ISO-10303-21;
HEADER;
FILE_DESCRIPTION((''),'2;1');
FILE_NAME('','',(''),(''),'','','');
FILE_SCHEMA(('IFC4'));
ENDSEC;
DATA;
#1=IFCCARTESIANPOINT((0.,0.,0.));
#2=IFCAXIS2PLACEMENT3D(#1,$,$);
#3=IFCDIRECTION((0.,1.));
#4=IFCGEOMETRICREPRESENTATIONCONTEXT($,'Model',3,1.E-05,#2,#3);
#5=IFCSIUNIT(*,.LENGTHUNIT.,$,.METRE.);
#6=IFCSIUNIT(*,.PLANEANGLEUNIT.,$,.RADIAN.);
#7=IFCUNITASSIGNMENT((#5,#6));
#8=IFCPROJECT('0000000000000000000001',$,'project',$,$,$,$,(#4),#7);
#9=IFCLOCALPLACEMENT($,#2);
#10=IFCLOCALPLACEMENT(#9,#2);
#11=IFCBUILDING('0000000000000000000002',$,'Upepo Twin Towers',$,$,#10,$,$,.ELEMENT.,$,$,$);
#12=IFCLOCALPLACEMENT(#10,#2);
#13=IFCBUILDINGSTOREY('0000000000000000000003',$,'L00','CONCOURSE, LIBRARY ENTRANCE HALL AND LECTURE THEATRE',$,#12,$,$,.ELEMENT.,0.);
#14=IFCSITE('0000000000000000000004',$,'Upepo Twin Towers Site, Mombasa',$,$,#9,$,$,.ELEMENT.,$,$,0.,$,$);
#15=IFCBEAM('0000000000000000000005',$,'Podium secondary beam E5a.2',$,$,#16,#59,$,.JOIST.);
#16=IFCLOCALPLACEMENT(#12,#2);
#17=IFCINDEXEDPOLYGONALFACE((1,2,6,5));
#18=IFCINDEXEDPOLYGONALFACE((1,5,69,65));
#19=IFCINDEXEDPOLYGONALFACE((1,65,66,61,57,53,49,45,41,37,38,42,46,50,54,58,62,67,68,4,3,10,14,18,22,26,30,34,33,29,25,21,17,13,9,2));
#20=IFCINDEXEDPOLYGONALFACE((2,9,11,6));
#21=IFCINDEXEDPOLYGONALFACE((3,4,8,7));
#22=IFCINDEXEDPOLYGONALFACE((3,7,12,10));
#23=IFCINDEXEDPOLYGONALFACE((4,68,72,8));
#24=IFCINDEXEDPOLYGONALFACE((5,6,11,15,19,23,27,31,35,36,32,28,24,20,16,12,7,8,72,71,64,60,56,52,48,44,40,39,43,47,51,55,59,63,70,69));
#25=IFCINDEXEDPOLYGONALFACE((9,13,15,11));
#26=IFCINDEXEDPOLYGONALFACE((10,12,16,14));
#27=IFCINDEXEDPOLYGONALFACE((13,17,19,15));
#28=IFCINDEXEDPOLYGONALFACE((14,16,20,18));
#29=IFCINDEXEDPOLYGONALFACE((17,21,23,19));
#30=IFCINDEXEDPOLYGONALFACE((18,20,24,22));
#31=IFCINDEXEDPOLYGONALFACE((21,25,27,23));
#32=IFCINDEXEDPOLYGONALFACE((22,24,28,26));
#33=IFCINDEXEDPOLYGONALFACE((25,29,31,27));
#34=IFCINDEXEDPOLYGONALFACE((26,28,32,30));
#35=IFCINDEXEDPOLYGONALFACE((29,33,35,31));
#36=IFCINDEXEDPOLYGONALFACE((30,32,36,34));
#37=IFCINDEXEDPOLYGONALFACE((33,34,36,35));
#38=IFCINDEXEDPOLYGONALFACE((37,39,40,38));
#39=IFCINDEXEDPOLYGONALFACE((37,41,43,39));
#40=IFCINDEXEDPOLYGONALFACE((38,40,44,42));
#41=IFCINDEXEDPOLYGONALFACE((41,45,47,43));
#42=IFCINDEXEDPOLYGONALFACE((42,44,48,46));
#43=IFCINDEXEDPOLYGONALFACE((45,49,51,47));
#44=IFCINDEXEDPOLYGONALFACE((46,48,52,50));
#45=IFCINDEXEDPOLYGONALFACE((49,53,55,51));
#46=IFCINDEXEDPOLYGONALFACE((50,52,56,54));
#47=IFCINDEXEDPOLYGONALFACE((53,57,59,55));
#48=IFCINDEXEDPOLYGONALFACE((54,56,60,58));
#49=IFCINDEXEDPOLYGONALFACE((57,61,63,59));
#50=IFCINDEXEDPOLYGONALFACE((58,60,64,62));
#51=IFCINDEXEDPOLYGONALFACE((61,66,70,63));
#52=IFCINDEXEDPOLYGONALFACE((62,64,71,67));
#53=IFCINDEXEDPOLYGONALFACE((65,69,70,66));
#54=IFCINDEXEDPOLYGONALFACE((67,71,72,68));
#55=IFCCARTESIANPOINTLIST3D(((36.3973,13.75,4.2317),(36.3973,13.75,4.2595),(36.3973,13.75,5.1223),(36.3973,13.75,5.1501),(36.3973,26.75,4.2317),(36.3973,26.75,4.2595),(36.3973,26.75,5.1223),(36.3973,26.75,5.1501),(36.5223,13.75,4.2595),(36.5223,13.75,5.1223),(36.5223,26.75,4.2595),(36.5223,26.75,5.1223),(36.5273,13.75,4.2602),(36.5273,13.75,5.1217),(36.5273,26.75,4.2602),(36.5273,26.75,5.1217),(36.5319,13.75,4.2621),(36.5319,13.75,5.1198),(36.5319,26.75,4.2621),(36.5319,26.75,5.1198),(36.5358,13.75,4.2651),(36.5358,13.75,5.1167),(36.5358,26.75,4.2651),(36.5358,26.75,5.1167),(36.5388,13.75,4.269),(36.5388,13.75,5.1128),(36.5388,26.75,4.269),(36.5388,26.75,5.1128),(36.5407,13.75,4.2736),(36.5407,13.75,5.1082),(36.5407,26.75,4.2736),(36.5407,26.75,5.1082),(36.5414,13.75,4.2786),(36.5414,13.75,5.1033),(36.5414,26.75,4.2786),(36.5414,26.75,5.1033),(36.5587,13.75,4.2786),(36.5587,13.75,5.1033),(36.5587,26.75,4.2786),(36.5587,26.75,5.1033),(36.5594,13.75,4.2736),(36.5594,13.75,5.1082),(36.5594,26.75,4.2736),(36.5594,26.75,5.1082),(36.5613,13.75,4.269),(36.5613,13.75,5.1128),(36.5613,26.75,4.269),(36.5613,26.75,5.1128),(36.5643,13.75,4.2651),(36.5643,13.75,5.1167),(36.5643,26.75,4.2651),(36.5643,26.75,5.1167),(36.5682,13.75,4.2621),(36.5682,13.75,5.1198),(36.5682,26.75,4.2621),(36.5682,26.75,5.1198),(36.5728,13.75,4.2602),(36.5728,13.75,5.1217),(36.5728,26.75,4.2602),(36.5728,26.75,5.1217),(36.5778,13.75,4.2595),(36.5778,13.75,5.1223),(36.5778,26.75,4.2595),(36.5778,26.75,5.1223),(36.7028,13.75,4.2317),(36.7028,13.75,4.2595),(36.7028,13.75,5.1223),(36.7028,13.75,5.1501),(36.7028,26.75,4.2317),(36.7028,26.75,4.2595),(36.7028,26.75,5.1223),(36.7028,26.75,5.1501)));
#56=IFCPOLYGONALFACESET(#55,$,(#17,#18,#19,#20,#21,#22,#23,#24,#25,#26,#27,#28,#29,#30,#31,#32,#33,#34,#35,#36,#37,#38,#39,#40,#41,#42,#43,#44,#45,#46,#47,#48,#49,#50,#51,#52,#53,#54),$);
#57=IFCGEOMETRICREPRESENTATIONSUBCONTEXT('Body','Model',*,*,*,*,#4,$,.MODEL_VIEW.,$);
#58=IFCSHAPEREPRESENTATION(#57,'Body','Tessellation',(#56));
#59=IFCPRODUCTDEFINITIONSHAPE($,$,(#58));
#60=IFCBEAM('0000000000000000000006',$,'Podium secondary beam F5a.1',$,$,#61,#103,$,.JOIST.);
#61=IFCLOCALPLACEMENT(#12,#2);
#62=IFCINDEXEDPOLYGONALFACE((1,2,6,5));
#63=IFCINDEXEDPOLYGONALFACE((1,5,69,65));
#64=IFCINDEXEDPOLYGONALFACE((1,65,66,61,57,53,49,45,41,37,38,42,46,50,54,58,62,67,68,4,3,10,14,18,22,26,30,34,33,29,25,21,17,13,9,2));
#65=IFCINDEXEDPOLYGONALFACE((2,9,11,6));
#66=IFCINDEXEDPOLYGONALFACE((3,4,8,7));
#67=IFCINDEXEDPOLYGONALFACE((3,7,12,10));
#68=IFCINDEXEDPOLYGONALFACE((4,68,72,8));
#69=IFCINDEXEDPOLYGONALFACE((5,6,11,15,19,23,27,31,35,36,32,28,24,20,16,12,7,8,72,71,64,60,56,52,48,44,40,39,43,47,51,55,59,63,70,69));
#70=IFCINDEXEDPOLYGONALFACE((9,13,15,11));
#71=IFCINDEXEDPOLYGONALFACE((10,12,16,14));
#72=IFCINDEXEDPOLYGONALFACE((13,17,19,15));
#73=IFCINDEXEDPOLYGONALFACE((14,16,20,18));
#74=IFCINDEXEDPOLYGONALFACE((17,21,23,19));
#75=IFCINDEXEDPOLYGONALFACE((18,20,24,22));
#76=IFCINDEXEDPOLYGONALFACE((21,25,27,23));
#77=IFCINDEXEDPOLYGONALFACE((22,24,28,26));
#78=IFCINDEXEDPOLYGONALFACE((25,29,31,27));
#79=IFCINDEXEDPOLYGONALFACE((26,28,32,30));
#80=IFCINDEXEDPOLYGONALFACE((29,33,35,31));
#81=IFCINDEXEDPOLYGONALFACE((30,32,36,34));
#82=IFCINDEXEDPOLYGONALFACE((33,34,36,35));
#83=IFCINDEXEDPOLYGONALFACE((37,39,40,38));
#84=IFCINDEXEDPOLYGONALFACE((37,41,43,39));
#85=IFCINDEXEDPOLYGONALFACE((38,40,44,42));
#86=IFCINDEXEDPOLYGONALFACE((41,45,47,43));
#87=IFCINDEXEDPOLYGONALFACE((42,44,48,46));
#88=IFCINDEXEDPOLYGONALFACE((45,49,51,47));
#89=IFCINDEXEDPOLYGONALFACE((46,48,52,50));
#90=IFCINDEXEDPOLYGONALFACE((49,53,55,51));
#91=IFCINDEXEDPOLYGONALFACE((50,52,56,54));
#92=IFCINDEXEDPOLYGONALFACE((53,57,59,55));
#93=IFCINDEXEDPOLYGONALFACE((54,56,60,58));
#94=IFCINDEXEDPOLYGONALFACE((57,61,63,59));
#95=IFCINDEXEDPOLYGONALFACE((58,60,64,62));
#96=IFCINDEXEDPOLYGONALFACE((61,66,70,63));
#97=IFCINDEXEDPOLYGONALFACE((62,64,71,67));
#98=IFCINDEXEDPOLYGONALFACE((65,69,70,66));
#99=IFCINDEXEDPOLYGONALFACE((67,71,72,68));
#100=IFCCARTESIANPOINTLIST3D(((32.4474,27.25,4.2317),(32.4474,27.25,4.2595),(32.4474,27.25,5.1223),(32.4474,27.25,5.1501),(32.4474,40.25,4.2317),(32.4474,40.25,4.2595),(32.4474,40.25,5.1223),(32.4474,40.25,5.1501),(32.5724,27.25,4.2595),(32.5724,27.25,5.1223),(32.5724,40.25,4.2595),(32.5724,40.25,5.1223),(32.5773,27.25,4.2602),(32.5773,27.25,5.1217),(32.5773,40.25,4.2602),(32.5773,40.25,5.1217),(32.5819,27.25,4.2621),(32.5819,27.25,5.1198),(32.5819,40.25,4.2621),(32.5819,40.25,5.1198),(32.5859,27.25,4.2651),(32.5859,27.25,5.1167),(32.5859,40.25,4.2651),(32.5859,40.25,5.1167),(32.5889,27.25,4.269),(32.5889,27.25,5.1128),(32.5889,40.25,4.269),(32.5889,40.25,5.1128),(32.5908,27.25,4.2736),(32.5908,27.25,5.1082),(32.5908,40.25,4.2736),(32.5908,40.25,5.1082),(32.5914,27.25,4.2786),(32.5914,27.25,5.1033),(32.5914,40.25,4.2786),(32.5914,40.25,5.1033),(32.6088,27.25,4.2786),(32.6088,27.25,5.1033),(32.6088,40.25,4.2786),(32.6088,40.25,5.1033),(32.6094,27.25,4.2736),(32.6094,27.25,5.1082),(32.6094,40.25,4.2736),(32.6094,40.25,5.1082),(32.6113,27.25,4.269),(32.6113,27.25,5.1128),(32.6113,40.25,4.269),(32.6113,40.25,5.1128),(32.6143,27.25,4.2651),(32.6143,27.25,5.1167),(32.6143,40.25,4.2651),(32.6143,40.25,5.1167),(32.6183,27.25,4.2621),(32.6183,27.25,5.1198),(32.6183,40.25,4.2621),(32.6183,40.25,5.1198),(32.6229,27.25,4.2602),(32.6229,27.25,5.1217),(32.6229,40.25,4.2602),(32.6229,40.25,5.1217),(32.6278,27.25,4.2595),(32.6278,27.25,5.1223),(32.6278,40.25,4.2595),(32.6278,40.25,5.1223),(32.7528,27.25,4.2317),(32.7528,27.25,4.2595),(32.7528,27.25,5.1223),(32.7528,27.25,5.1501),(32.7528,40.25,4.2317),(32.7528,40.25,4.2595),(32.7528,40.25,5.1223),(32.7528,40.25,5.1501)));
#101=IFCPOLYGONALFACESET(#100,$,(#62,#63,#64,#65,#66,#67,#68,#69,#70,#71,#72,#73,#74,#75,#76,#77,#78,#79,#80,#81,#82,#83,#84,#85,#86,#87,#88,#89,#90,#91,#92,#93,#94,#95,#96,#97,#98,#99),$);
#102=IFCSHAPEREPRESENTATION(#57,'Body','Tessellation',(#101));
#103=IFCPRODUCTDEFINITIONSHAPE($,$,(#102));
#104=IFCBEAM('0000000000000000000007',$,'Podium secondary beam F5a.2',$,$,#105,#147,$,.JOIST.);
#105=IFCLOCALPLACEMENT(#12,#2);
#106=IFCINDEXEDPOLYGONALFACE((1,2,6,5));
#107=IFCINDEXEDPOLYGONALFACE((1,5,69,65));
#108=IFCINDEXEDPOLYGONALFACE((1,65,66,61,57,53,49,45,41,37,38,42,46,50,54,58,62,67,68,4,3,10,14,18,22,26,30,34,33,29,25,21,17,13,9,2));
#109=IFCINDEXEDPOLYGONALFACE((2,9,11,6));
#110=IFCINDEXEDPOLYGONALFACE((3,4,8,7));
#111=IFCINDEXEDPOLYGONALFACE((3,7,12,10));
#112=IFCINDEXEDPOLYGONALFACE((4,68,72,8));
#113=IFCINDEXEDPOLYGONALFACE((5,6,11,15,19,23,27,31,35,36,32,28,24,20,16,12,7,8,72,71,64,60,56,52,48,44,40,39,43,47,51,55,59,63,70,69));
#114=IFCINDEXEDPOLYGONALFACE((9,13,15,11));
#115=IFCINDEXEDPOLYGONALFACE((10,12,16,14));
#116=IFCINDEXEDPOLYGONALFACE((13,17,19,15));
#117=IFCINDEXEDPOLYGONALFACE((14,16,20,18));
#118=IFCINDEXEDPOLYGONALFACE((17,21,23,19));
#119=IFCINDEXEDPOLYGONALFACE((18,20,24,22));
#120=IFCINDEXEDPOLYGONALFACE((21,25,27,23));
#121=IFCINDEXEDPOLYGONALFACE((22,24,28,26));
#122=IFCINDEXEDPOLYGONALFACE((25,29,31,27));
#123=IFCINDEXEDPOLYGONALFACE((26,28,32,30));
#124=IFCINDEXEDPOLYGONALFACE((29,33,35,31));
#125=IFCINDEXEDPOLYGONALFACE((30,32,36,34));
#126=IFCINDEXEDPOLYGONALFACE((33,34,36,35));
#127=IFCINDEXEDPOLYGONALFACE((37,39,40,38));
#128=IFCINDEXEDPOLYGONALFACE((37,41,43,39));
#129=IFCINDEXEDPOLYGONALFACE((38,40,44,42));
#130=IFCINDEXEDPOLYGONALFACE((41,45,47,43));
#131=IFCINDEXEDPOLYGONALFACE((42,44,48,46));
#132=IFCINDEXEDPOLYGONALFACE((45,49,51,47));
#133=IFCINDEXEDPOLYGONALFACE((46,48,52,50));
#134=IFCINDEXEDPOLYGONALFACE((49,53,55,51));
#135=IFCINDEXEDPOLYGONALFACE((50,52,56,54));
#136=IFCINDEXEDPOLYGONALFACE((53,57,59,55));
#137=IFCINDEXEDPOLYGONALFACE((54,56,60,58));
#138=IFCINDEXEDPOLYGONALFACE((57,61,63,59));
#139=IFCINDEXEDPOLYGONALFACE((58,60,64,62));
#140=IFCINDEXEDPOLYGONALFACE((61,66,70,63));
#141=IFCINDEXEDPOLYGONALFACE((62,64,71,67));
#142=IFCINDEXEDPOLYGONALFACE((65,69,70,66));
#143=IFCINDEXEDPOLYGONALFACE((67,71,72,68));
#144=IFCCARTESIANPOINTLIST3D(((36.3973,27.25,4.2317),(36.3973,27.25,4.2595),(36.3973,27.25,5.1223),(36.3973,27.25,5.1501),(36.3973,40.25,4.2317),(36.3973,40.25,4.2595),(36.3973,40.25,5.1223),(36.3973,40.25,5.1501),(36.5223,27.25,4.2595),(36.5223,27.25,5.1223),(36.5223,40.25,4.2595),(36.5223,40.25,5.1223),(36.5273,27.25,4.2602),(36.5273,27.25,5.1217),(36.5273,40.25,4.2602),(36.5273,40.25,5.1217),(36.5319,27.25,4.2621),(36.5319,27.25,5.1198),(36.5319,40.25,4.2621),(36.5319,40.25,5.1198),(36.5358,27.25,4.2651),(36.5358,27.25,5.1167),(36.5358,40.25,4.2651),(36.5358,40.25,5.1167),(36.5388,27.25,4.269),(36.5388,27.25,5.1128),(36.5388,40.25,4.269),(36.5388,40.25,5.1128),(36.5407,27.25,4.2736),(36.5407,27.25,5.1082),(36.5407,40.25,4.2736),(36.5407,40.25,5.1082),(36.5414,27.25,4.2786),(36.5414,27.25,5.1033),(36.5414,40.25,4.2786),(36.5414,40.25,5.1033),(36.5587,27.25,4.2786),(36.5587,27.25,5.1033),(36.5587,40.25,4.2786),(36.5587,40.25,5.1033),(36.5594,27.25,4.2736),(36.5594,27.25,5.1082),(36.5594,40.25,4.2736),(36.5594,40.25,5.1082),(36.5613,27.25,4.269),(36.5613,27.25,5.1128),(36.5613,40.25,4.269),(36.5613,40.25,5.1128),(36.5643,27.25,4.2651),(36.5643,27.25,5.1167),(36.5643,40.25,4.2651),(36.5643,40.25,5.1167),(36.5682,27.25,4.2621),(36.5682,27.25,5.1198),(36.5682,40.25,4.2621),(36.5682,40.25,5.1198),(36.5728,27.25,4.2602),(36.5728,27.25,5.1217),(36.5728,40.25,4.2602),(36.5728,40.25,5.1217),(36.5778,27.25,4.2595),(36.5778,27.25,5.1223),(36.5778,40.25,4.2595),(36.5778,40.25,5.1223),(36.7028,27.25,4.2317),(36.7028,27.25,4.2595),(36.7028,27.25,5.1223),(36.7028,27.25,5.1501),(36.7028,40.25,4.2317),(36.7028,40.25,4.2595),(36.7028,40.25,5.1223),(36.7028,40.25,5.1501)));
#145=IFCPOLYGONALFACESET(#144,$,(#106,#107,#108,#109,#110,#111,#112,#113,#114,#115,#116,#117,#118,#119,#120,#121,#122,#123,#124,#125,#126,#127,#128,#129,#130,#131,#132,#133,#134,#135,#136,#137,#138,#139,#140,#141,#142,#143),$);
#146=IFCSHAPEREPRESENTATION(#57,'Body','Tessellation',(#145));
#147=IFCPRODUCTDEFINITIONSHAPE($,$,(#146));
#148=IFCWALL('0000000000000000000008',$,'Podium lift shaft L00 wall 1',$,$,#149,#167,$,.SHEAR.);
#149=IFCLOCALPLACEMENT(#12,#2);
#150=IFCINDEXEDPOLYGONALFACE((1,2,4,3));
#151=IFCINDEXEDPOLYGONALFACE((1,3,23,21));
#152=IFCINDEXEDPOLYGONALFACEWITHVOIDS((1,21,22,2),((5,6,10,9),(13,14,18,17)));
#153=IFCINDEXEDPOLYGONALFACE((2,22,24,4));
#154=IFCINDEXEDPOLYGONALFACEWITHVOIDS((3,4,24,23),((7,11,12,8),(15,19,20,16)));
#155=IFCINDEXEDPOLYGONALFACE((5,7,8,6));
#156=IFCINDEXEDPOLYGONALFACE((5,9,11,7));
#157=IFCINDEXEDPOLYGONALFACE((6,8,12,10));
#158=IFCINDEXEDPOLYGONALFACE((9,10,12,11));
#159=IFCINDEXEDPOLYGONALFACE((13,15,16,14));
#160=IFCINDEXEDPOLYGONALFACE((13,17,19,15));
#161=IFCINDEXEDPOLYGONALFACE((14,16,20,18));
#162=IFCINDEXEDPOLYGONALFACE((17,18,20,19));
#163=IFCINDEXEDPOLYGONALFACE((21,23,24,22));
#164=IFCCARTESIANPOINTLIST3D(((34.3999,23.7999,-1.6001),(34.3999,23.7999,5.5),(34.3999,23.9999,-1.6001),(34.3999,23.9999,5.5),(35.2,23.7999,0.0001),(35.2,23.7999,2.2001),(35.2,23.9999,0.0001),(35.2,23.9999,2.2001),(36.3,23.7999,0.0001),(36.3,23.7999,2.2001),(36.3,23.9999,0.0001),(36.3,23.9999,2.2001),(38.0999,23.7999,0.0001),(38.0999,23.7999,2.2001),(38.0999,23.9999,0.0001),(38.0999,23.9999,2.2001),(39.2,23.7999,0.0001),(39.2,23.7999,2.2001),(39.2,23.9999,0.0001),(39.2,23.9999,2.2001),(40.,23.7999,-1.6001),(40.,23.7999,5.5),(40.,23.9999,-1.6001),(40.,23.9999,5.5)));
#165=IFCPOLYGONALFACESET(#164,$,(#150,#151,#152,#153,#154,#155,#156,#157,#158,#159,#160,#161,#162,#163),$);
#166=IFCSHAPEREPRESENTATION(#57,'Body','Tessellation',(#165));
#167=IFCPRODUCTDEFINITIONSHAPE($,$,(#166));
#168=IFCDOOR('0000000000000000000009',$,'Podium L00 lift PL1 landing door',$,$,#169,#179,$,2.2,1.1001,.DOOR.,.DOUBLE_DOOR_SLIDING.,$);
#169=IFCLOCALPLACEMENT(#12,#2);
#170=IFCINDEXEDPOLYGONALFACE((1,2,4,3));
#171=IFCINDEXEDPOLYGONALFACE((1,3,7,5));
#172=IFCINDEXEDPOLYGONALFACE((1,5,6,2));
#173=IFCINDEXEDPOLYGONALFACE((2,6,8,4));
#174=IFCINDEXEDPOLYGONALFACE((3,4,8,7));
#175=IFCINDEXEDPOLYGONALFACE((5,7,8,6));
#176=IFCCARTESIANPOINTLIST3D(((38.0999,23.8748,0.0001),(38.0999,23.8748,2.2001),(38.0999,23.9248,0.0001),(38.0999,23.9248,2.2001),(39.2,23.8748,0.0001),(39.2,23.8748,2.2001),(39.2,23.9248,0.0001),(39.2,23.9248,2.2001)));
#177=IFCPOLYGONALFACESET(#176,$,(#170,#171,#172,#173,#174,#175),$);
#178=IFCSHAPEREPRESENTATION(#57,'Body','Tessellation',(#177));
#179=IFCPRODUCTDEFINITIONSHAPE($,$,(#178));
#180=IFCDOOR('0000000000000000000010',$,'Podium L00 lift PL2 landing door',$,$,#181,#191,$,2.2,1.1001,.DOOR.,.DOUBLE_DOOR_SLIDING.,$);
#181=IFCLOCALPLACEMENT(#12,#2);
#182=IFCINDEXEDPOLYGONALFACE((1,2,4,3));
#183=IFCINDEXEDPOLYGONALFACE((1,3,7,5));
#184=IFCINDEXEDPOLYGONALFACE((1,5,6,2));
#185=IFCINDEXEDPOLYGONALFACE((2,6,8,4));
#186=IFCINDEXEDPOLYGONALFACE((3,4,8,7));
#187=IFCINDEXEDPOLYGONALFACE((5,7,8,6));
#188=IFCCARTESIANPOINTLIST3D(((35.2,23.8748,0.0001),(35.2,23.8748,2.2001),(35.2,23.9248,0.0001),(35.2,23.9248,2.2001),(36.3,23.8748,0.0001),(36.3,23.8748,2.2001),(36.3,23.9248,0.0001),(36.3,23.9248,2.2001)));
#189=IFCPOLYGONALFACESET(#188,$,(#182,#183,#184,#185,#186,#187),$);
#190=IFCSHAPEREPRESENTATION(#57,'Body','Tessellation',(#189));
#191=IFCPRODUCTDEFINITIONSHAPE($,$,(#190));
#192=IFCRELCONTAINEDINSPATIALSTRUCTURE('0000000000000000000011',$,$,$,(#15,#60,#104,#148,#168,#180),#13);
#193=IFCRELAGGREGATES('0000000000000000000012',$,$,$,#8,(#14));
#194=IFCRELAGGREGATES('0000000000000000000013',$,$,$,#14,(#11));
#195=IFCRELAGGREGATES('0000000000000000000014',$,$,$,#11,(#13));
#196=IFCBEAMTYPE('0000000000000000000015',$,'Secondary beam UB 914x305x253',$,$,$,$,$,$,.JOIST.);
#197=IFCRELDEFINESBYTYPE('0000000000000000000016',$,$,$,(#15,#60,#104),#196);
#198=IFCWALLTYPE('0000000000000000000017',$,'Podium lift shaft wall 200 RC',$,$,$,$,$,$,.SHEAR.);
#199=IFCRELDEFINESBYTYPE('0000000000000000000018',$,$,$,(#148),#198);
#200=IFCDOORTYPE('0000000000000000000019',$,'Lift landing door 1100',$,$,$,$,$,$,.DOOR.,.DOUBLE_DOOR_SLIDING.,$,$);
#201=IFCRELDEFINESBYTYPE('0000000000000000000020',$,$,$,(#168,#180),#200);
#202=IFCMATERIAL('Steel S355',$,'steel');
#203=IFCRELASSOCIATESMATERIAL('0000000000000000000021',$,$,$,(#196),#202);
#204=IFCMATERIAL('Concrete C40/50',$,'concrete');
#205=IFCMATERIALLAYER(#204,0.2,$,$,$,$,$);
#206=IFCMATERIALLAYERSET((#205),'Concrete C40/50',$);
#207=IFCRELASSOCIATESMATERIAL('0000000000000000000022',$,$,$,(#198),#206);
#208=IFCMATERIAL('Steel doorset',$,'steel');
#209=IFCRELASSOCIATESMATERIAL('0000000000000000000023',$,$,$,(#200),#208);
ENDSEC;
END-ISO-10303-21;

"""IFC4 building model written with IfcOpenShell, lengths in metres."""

from ifc_helpers import new_model, si_unit, direction, frame, frame_2d, origin, origin_2d, place, context, subcontext, project, spatial, rectangle, i_section, extrude, material, layer, layer_set, material_profile, profile_set, type_object, element, fill, save


model = new_model("IFC4")

# Units and contexts
model_context = context("Model", 3, precision=1e-05, world=origin(), true_north=direction((0.0, 1.0)))
body_context = subcontext(model_context, "Body", "Model", "MODEL_VIEW")
ifc_project = project(units=[si_unit("LENGTHUNIT", "METRE"), si_unit("PLANEANGLEUNIT", "RADIAN")], contexts=[model_context])

# Site, building, storey
site_placement = place(None, origin())
site = spatial("IfcSite", under=ifc_project, at=site_placement, Name="Upepo Twin Towers Site, Mombasa", CompositionType="ELEMENT", RefElevation=0.0)
building_placement = place(site_placement, origin())
building = spatial("IfcBuilding", under=site, at=building_placement, Name="Upepo Twin Towers", CompositionType="ELEMENT")
storey_placement = place(building_placement, origin())
storey = spatial("IfcBuildingStorey", under=building, at=storey_placement, Name="L00", Description="CONCOURSE, LIBRARY ENTRANCE HALL AND LECTURE THEATRE", CompositionType="ELEMENT", Elevation=0.0)

# Beams
ifc_material_1 = material(Name="Steel S355", Category="steel")
ifc_material_profile_1 = material_profile(ifc_material_1, i_section(OverallWidth=0.3054, OverallDepth=0.9185, WebThickness=0.0173, FlangeThickness=0.0278, FilletRadius=0.019, at=origin_2d()), Name="UB 914x305x253")
ifc_profile_set_1 = profile_set([ifc_material_profile_1], Name="Steel S355")
beam_type_1 = type_object("IfcBeamType", Name="Secondary beam UB 914x305x253", PredefinedType="JOIST", material=ifc_profile_set_1)
for number, where, z_axis, x_axis, name in (
    (1, (36.55, 13.75, 4.6909), (0.0, 1.0, 0.0), (-1.0, 0.0, 0.0), "Podium secondary beam E5a.2"),
    (2, (32.6001, 27.25, 4.6909), (0.0, 1.0, 0.0), (-1.0, 0.0, 0.0), "Podium secondary beam F5a.1"),
    (3, (36.55, 27.25, 4.6909), (0.0, 1.0, 0.0), (-1.0, 0.0, 0.0), "Podium secondary beam F5a.2"),
):
    element("IfcBeam", number, at=place(storey_placement, frame(where, z_axis=z_axis, x_axis=x_axis)), inside=storey, type_object=beam_type_1, Name=name, PredefinedType="JOIST", context=body_context, shape_type="SweptSolid", body=[
        extrude(i_section(OverallWidth=0.3054, OverallDepth=0.9185, WebThickness=0.0173, FlangeThickness=0.0278, FilletRadius=0.019, at=origin_2d()), origin(), (0.0, 0.0, 1.0), 13.0),
    ])

# Wall, openings, doors
ifc_material_2 = material(Name="Concrete C40/50", Category="concrete")
ifc_layer_1 = layer(ifc_material_2, 0.2)
ifc_layer_set_1 = layer_set([ifc_layer_1], Name="Concrete C40/50")
wall_type_1 = type_object("IfcWallType", Name="Podium lift shaft wall 200 RC", PredefinedType="SHEAR", material=ifc_layer_set_1)
wall_1_placement = place(storey_placement, frame((34.3999, 23.8999, -1.6001), z_axis=(0.0, 0.0, 1.0), x_axis=(1.0, 0.0, 0.0)))
wall_1 = element("IfcWall", 4, at=wall_1_placement, inside=storey, type_object=wall_type_1, Name="Podium lift shaft L00 wall 1", PredefinedType="SHEAR", context=body_context, shape_type="SweptSolid", body=[
    extrude(rectangle(XDim=5.6001, YDim=0.2, at=frame_2d((2.8, 0.0))), origin(), (0.0, 0.0, 1.0), 7.1001),
])
opening_1_placement = place(wall_1_placement, frame((3.7, 0.0, 1.6001)))
opening_1 = element("IfcOpeningElement", 5, at=opening_1_placement, cuts=wall_1, PredefinedType="OPENING", context=body_context, shape_type="SweptSolid", body=[
    extrude(rectangle(XDim=1.1001, YDim=2.2, at=frame_2d((0.55, 1.1001))), frame((0.0, 0.1099, 0.0), z_axis=(0.0, -1.0, 0.0), x_axis=(1.0, 0.0, 0.0)), (0.0, 0.0, 1.0), 0.22),
])
opening_2_placement = place(wall_1_placement, frame((0.8, 0.0, 1.6001)))
opening_2 = element("IfcOpeningElement", 6, at=opening_2_placement, cuts=wall_1, PredefinedType="OPENING", context=body_context, shape_type="SweptSolid", body=[
    extrude(rectangle(XDim=1.1001, YDim=2.2, at=frame_2d((0.55, 1.1001))), frame((0.0, 0.1099, 0.0), z_axis=(0.0, -1.0, 0.0), x_axis=(1.0, 0.0, 0.0)), (0.0, 0.0, 1.0), 0.22),
])
ifc_material_3 = material(Name="Steel doorset", Category="steel")
door_type_1 = type_object("IfcDoorType", Name="Lift landing door 1100", OperationType="DOUBLE_DOOR_SLIDING", PredefinedType="DOOR", material=ifc_material_3)
door_1_placement = place(opening_1_placement, origin())
door_1 = element("IfcDoor", 7, at=door_1_placement, inside=storey, type_object=door_type_1, Name="Podium L00 lift PL1 landing door", OperationType="DOUBLE_DOOR_SLIDING", OverallHeight=2.2, OverallWidth=1.1001, PredefinedType="DOOR", context=body_context, shape_type="SweptSolid", body=[
    extrude(rectangle(XDim=1.1001, YDim=2.2, at=frame_2d((0.55, 1.1001))), frame((0.0, 0.0249, 0.0), z_axis=(0.0, -1.0, 0.0), x_axis=(1.0, 0.0, 0.0)), (0.0, 0.0, 1.0), 0.05),
])
fill(opening_1, door_1)
door_2_placement = place(opening_2_placement, origin())
door_2 = element("IfcDoor", 8, at=door_2_placement, inside=storey, type_object=door_type_1, Name="Podium L00 lift PL2 landing door", OperationType="DOUBLE_DOOR_SLIDING", OverallHeight=2.2, OverallWidth=1.1001, PredefinedType="DOOR", context=body_context, shape_type="SweptSolid", body=[
    extrude(rectangle(XDim=1.1001, YDim=2.2, at=frame_2d((0.55, 1.1001))), frame((0.0, 0.0249, 0.0), z_axis=(0.0, -1.0, 0.0), x_axis=(1.0, 0.0, 0.0)), (0.0, 0.0, 1.0), 0.05),
])
fill(opening_2, door_2)

save(model, "model.ifc")
